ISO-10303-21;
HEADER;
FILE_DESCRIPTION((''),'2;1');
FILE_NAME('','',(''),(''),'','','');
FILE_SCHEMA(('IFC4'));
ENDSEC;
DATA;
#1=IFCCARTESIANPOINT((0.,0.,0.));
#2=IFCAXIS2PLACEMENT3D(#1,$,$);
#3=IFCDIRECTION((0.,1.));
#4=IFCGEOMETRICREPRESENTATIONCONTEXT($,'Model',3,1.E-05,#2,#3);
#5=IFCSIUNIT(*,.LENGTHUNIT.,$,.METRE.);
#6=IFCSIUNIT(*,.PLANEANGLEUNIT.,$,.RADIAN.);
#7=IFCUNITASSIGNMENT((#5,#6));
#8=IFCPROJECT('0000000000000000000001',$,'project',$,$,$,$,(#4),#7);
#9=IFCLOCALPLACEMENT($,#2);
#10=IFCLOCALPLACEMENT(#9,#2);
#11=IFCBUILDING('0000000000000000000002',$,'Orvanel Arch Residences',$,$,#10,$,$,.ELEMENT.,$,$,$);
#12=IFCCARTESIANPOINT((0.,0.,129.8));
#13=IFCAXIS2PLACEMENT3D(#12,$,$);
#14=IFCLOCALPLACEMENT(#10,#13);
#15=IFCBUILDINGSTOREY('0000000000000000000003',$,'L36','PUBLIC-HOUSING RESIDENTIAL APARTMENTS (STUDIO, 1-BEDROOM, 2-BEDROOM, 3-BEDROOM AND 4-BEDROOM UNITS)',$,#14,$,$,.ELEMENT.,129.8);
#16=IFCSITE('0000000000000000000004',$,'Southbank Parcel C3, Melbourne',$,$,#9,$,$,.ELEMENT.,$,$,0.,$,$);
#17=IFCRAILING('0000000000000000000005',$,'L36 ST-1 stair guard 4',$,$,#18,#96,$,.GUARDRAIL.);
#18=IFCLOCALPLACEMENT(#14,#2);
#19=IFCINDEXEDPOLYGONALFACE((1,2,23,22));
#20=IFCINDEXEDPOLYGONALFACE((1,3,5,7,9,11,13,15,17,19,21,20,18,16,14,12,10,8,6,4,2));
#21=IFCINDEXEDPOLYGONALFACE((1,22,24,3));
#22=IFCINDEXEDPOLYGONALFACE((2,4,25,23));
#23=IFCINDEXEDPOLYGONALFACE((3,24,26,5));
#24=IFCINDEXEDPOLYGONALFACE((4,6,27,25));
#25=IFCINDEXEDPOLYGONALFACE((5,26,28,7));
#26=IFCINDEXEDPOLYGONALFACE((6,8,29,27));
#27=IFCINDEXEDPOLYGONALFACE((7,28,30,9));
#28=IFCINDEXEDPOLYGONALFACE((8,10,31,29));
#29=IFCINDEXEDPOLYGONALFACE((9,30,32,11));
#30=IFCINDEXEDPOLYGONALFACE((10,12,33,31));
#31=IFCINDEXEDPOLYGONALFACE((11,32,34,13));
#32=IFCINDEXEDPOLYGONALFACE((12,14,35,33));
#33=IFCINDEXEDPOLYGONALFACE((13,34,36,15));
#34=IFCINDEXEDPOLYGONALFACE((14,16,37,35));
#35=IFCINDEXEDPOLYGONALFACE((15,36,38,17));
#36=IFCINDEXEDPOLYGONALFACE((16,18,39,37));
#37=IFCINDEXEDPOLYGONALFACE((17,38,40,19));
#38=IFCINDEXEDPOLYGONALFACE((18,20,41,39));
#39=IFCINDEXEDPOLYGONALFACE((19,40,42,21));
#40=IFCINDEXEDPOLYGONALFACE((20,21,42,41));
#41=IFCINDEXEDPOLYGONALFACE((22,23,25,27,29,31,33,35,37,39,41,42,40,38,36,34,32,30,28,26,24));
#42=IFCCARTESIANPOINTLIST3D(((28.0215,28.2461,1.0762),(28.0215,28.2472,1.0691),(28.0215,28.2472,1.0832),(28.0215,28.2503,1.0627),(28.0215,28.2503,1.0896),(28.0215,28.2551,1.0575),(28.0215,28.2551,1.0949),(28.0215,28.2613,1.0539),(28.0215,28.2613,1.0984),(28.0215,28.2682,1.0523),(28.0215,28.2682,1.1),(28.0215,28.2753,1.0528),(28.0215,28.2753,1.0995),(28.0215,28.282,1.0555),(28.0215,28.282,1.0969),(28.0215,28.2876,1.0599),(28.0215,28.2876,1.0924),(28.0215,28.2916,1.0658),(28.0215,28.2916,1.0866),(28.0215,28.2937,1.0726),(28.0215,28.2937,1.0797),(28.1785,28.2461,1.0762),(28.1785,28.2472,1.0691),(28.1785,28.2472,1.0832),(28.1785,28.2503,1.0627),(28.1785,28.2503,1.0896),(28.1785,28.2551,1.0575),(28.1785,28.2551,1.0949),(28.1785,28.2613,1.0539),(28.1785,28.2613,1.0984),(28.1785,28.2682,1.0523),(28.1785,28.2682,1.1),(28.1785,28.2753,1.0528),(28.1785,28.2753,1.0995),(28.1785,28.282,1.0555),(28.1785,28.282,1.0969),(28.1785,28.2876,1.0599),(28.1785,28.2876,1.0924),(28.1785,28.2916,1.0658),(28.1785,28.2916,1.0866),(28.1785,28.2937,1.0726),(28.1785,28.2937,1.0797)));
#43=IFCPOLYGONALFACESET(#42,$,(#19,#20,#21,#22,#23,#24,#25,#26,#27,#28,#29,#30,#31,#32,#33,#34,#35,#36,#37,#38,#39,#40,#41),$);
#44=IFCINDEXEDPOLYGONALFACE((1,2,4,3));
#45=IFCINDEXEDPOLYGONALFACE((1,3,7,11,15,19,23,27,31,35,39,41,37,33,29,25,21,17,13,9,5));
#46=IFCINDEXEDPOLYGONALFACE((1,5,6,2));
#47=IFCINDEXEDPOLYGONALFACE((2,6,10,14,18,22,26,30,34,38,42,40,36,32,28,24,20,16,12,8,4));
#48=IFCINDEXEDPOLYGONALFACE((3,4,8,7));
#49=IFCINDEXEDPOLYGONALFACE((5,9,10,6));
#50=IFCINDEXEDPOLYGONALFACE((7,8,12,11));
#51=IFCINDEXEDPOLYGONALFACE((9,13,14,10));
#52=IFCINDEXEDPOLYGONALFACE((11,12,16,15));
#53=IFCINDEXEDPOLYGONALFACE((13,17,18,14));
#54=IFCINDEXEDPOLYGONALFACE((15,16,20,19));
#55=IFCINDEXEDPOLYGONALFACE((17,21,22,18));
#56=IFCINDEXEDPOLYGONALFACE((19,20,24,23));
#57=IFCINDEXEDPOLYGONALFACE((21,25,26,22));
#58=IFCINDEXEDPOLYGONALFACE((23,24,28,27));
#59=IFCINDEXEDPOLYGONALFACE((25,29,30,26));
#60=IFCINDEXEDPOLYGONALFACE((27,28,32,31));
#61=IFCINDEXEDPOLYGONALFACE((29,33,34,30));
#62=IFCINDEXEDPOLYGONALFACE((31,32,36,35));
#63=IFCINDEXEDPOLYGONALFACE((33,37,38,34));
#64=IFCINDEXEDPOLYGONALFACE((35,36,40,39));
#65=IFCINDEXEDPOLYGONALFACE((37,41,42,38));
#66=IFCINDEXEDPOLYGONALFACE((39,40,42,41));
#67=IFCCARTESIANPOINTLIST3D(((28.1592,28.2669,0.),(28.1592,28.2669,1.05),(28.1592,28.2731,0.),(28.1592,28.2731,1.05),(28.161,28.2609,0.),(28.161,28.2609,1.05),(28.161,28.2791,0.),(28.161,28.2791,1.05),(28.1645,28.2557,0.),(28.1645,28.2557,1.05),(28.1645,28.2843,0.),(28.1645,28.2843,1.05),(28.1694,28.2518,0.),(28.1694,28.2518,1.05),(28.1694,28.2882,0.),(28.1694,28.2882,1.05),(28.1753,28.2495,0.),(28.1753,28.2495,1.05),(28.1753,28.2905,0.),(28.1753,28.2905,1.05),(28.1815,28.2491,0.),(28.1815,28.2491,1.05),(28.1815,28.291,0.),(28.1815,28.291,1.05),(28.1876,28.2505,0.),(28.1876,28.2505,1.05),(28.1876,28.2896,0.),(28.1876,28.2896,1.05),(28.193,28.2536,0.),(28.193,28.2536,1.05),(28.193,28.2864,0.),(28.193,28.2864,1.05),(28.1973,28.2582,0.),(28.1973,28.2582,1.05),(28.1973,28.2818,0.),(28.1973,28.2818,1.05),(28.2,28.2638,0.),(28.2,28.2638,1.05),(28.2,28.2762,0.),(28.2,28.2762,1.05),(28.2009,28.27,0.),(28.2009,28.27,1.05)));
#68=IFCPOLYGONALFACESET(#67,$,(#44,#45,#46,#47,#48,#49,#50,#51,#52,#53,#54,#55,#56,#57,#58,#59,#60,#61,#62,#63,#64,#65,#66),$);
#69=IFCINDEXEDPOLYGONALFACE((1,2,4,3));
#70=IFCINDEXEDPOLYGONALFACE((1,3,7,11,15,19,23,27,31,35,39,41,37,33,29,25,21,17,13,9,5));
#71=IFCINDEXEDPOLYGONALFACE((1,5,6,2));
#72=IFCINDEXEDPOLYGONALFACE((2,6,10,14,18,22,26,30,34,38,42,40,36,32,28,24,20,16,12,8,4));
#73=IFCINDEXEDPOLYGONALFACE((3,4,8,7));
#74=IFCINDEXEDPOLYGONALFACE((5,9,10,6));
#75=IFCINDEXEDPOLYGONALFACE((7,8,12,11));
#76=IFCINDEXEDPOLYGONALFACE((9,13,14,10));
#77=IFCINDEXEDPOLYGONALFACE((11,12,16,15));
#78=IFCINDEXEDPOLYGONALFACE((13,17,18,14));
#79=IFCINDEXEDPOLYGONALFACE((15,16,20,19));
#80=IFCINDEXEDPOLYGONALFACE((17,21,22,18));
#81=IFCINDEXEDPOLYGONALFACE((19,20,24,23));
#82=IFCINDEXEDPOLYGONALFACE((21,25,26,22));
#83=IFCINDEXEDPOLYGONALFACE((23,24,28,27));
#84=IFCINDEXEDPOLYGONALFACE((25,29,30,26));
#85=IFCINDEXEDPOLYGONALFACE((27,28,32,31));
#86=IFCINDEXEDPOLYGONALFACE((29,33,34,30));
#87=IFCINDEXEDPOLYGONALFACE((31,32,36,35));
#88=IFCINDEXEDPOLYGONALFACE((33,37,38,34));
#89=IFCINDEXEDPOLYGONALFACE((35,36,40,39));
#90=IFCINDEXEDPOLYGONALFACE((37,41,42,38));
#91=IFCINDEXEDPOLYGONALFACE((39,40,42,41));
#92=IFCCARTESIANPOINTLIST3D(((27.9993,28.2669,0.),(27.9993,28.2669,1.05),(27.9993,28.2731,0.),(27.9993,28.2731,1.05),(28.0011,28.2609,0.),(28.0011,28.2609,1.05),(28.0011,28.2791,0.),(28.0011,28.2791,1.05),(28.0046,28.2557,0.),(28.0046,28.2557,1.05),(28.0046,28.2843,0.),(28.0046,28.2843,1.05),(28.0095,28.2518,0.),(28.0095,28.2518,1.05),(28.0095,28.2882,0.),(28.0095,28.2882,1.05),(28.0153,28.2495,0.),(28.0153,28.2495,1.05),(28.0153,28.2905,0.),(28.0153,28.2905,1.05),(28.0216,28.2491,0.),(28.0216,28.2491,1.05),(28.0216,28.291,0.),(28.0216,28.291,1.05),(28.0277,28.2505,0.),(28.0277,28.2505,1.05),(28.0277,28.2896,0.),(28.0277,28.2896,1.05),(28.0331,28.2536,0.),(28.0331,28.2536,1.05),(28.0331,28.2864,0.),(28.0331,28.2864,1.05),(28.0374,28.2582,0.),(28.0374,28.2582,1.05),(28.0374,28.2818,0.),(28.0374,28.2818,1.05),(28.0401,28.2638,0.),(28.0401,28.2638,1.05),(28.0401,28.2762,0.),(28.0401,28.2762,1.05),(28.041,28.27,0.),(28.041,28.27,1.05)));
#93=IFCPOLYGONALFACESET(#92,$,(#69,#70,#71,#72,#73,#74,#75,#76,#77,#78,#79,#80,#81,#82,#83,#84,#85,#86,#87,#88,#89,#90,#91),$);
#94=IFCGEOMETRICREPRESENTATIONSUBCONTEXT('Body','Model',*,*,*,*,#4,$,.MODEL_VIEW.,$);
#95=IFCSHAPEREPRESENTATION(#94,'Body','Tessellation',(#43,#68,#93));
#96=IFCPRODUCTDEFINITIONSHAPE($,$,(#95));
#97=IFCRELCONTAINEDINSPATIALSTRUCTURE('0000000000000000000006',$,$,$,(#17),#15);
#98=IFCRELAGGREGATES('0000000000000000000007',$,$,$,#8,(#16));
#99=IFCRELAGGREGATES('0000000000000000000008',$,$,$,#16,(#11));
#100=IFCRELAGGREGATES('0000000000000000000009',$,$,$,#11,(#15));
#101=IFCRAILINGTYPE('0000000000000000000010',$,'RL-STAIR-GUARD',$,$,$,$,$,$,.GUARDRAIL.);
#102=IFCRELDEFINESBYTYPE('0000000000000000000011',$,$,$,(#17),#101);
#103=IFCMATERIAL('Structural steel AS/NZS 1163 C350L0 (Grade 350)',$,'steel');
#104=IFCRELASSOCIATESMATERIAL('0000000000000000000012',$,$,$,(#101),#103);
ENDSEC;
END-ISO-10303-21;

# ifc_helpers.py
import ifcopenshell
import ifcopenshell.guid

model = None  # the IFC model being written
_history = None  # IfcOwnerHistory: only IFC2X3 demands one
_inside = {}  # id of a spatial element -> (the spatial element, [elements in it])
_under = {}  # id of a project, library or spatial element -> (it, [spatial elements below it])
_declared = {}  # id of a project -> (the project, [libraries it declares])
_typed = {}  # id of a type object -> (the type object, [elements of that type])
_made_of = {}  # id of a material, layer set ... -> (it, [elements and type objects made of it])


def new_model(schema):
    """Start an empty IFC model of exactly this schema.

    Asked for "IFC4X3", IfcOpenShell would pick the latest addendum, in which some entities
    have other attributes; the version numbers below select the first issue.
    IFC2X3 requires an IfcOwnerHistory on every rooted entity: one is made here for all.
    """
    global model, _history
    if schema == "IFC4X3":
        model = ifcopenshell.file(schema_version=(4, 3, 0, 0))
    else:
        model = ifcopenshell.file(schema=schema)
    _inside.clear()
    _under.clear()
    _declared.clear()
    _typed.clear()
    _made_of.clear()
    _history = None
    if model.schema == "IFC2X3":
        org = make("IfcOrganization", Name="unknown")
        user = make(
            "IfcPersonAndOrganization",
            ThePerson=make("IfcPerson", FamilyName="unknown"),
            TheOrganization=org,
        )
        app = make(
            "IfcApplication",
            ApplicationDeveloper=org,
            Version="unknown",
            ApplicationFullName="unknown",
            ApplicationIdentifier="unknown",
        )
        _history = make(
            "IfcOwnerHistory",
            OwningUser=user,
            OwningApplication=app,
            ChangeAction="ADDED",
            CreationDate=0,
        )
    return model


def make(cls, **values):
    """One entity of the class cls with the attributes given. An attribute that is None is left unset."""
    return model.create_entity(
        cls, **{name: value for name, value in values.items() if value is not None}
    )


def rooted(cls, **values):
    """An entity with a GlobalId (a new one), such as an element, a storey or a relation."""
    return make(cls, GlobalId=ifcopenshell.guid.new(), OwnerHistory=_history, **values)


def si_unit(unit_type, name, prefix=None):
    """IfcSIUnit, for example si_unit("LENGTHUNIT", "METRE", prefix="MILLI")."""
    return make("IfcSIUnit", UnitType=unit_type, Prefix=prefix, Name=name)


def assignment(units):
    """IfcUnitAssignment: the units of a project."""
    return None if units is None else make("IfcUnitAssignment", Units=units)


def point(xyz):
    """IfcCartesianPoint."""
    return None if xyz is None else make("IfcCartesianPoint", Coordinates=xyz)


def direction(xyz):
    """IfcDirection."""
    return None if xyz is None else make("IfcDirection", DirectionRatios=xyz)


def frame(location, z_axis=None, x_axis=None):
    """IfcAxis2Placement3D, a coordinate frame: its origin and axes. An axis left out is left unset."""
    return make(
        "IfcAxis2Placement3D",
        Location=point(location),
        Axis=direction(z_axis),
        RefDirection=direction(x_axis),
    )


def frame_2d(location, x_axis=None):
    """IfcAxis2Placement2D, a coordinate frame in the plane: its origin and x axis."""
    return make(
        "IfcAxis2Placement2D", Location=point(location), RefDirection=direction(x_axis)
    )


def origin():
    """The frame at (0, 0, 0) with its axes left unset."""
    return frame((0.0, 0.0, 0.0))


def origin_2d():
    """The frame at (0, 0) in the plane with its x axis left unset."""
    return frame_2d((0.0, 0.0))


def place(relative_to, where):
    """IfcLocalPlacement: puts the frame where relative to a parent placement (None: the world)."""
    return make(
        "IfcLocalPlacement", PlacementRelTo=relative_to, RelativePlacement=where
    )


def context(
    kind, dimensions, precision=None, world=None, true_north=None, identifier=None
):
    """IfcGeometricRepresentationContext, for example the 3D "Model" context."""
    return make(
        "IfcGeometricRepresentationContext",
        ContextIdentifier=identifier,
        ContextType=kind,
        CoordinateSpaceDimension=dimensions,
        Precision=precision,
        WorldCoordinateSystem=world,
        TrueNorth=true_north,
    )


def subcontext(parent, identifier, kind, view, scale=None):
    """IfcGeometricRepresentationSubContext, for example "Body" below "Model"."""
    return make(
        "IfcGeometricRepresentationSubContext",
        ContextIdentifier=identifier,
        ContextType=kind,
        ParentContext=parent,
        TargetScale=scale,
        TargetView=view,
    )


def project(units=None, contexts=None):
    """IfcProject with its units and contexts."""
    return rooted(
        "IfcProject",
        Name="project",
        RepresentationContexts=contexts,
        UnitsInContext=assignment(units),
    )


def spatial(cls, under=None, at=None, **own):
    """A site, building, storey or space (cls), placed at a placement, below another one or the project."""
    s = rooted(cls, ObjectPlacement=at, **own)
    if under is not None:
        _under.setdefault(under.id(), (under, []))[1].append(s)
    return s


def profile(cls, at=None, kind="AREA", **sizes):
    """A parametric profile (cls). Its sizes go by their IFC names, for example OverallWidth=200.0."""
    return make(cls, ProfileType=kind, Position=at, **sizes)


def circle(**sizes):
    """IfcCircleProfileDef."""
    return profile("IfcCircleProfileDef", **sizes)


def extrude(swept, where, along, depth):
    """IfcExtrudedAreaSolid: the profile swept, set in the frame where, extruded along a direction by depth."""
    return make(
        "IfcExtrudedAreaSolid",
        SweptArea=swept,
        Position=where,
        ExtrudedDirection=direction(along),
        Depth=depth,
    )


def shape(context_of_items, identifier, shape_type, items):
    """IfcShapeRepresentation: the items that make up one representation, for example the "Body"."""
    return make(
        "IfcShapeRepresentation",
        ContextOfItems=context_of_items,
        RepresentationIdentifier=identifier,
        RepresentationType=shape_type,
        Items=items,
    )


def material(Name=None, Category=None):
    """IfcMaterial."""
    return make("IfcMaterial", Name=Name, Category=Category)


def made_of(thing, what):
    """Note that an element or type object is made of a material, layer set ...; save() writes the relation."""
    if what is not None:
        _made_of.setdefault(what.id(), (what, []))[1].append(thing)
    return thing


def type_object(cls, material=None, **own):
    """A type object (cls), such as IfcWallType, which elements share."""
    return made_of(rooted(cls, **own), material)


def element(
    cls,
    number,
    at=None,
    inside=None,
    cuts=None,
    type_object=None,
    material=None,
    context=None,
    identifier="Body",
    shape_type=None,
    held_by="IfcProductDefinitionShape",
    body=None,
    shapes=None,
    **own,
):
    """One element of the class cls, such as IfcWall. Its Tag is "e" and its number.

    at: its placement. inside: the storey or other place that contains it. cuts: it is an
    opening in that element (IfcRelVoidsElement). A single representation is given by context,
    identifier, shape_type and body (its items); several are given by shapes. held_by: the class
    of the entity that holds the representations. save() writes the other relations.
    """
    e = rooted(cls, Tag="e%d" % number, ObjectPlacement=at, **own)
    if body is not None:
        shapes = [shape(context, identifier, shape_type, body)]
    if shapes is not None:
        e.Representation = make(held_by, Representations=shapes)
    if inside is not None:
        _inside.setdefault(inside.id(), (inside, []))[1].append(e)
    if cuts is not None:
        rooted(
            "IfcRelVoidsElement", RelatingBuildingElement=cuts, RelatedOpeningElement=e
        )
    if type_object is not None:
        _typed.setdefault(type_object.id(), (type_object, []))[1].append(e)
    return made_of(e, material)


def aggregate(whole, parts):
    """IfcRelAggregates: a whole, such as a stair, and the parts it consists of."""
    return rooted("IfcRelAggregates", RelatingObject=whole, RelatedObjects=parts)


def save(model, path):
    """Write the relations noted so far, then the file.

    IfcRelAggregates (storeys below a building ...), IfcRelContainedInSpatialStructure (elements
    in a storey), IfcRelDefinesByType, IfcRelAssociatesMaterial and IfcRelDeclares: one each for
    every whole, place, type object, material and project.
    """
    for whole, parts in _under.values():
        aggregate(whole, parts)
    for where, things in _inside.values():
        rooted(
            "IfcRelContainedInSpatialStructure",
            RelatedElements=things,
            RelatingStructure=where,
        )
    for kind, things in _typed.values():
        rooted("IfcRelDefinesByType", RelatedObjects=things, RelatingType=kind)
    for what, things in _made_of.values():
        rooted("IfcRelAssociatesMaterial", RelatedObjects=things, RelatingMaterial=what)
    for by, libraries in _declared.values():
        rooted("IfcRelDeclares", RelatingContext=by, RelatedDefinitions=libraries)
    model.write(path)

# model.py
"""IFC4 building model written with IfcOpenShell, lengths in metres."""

from ifc_helpers import new_model, si_unit, direction, frame, origin, origin_2d, place, context, subcontext, project, spatial, circle, extrude, material, type_object, element, save


model = new_model("IFC4")

# Units and contexts
model_context = context("Model", 3, precision=1e-05, world=origin(), true_north=direction((0.0, 1.0)))
body_context = subcontext(model_context, "Body", "Model", "MODEL_VIEW")
ifc_project = project(units=[si_unit("LENGTHUNIT", "METRE"), si_unit("PLANEANGLEUNIT", "RADIAN")], contexts=[model_context])

# Site, building, storey
site_placement = place(None, origin())
site = spatial("IfcSite", under=ifc_project, at=site_placement, Name="Southbank Parcel C3, Melbourne", CompositionType="ELEMENT", RefElevation=0.0)
building_placement = place(site_placement, origin())
building = spatial("IfcBuilding", under=site, at=building_placement, Name="Orvanel Arch Residences", CompositionType="ELEMENT")
storey_placement = place(building_placement, frame((0.0, 0.0, 129.8)))
storey = spatial("IfcBuildingStorey", under=building, at=storey_placement, Name="L36", Description="PUBLIC-HOUSING RESIDENTIAL APARTMENTS (STUDIO, 1-BEDROOM, 2-BEDROOM, 3-BEDROOM AND 4-BEDROOM UNITS)", CompositionType="ELEMENT", Elevation=129.8)

# Railing
ifc_material_1 = material(Name="Structural steel AS/NZS 1163 C350L0 (Grade 350)", Category="steel")
railing_type_1 = type_object("IfcRailingType", Name="RL-STAIR-GUARD", PredefinedType="GUARDRAIL", material=ifc_material_1)
railing_1_placement = place(storey_placement, frame((28.1799, 28.27, 0.0)))
element("IfcRailing", 1, at=railing_1_placement, inside=storey, type_object=railing_type_1, Name="L36 ST-1 stair guard 4", PredefinedType="GUARDRAIL", context=body_context, shape_type="SweptSolid", body=[
    extrude(circle(Radius=0.0239, at=origin_2d()), frame((-0.0015, 0.0, 1.0762), z_axis=(-1.0, 0.0, 0.0), x_axis=(0.0, -1.0, 0.0)), (0.0, 0.0, 1.0), 0.157),
    extrude(circle(Radius=0.021, at=origin_2d()), origin(), (0.0, 0.0, 1.0), 1.05),
    extrude(circle(Radius=0.021, at=origin_2d()), frame((-0.1599, 0.0, 0.0)), (0.0, 0.0, 1.0), 1.05),
])

save(model, "model.ifc")
